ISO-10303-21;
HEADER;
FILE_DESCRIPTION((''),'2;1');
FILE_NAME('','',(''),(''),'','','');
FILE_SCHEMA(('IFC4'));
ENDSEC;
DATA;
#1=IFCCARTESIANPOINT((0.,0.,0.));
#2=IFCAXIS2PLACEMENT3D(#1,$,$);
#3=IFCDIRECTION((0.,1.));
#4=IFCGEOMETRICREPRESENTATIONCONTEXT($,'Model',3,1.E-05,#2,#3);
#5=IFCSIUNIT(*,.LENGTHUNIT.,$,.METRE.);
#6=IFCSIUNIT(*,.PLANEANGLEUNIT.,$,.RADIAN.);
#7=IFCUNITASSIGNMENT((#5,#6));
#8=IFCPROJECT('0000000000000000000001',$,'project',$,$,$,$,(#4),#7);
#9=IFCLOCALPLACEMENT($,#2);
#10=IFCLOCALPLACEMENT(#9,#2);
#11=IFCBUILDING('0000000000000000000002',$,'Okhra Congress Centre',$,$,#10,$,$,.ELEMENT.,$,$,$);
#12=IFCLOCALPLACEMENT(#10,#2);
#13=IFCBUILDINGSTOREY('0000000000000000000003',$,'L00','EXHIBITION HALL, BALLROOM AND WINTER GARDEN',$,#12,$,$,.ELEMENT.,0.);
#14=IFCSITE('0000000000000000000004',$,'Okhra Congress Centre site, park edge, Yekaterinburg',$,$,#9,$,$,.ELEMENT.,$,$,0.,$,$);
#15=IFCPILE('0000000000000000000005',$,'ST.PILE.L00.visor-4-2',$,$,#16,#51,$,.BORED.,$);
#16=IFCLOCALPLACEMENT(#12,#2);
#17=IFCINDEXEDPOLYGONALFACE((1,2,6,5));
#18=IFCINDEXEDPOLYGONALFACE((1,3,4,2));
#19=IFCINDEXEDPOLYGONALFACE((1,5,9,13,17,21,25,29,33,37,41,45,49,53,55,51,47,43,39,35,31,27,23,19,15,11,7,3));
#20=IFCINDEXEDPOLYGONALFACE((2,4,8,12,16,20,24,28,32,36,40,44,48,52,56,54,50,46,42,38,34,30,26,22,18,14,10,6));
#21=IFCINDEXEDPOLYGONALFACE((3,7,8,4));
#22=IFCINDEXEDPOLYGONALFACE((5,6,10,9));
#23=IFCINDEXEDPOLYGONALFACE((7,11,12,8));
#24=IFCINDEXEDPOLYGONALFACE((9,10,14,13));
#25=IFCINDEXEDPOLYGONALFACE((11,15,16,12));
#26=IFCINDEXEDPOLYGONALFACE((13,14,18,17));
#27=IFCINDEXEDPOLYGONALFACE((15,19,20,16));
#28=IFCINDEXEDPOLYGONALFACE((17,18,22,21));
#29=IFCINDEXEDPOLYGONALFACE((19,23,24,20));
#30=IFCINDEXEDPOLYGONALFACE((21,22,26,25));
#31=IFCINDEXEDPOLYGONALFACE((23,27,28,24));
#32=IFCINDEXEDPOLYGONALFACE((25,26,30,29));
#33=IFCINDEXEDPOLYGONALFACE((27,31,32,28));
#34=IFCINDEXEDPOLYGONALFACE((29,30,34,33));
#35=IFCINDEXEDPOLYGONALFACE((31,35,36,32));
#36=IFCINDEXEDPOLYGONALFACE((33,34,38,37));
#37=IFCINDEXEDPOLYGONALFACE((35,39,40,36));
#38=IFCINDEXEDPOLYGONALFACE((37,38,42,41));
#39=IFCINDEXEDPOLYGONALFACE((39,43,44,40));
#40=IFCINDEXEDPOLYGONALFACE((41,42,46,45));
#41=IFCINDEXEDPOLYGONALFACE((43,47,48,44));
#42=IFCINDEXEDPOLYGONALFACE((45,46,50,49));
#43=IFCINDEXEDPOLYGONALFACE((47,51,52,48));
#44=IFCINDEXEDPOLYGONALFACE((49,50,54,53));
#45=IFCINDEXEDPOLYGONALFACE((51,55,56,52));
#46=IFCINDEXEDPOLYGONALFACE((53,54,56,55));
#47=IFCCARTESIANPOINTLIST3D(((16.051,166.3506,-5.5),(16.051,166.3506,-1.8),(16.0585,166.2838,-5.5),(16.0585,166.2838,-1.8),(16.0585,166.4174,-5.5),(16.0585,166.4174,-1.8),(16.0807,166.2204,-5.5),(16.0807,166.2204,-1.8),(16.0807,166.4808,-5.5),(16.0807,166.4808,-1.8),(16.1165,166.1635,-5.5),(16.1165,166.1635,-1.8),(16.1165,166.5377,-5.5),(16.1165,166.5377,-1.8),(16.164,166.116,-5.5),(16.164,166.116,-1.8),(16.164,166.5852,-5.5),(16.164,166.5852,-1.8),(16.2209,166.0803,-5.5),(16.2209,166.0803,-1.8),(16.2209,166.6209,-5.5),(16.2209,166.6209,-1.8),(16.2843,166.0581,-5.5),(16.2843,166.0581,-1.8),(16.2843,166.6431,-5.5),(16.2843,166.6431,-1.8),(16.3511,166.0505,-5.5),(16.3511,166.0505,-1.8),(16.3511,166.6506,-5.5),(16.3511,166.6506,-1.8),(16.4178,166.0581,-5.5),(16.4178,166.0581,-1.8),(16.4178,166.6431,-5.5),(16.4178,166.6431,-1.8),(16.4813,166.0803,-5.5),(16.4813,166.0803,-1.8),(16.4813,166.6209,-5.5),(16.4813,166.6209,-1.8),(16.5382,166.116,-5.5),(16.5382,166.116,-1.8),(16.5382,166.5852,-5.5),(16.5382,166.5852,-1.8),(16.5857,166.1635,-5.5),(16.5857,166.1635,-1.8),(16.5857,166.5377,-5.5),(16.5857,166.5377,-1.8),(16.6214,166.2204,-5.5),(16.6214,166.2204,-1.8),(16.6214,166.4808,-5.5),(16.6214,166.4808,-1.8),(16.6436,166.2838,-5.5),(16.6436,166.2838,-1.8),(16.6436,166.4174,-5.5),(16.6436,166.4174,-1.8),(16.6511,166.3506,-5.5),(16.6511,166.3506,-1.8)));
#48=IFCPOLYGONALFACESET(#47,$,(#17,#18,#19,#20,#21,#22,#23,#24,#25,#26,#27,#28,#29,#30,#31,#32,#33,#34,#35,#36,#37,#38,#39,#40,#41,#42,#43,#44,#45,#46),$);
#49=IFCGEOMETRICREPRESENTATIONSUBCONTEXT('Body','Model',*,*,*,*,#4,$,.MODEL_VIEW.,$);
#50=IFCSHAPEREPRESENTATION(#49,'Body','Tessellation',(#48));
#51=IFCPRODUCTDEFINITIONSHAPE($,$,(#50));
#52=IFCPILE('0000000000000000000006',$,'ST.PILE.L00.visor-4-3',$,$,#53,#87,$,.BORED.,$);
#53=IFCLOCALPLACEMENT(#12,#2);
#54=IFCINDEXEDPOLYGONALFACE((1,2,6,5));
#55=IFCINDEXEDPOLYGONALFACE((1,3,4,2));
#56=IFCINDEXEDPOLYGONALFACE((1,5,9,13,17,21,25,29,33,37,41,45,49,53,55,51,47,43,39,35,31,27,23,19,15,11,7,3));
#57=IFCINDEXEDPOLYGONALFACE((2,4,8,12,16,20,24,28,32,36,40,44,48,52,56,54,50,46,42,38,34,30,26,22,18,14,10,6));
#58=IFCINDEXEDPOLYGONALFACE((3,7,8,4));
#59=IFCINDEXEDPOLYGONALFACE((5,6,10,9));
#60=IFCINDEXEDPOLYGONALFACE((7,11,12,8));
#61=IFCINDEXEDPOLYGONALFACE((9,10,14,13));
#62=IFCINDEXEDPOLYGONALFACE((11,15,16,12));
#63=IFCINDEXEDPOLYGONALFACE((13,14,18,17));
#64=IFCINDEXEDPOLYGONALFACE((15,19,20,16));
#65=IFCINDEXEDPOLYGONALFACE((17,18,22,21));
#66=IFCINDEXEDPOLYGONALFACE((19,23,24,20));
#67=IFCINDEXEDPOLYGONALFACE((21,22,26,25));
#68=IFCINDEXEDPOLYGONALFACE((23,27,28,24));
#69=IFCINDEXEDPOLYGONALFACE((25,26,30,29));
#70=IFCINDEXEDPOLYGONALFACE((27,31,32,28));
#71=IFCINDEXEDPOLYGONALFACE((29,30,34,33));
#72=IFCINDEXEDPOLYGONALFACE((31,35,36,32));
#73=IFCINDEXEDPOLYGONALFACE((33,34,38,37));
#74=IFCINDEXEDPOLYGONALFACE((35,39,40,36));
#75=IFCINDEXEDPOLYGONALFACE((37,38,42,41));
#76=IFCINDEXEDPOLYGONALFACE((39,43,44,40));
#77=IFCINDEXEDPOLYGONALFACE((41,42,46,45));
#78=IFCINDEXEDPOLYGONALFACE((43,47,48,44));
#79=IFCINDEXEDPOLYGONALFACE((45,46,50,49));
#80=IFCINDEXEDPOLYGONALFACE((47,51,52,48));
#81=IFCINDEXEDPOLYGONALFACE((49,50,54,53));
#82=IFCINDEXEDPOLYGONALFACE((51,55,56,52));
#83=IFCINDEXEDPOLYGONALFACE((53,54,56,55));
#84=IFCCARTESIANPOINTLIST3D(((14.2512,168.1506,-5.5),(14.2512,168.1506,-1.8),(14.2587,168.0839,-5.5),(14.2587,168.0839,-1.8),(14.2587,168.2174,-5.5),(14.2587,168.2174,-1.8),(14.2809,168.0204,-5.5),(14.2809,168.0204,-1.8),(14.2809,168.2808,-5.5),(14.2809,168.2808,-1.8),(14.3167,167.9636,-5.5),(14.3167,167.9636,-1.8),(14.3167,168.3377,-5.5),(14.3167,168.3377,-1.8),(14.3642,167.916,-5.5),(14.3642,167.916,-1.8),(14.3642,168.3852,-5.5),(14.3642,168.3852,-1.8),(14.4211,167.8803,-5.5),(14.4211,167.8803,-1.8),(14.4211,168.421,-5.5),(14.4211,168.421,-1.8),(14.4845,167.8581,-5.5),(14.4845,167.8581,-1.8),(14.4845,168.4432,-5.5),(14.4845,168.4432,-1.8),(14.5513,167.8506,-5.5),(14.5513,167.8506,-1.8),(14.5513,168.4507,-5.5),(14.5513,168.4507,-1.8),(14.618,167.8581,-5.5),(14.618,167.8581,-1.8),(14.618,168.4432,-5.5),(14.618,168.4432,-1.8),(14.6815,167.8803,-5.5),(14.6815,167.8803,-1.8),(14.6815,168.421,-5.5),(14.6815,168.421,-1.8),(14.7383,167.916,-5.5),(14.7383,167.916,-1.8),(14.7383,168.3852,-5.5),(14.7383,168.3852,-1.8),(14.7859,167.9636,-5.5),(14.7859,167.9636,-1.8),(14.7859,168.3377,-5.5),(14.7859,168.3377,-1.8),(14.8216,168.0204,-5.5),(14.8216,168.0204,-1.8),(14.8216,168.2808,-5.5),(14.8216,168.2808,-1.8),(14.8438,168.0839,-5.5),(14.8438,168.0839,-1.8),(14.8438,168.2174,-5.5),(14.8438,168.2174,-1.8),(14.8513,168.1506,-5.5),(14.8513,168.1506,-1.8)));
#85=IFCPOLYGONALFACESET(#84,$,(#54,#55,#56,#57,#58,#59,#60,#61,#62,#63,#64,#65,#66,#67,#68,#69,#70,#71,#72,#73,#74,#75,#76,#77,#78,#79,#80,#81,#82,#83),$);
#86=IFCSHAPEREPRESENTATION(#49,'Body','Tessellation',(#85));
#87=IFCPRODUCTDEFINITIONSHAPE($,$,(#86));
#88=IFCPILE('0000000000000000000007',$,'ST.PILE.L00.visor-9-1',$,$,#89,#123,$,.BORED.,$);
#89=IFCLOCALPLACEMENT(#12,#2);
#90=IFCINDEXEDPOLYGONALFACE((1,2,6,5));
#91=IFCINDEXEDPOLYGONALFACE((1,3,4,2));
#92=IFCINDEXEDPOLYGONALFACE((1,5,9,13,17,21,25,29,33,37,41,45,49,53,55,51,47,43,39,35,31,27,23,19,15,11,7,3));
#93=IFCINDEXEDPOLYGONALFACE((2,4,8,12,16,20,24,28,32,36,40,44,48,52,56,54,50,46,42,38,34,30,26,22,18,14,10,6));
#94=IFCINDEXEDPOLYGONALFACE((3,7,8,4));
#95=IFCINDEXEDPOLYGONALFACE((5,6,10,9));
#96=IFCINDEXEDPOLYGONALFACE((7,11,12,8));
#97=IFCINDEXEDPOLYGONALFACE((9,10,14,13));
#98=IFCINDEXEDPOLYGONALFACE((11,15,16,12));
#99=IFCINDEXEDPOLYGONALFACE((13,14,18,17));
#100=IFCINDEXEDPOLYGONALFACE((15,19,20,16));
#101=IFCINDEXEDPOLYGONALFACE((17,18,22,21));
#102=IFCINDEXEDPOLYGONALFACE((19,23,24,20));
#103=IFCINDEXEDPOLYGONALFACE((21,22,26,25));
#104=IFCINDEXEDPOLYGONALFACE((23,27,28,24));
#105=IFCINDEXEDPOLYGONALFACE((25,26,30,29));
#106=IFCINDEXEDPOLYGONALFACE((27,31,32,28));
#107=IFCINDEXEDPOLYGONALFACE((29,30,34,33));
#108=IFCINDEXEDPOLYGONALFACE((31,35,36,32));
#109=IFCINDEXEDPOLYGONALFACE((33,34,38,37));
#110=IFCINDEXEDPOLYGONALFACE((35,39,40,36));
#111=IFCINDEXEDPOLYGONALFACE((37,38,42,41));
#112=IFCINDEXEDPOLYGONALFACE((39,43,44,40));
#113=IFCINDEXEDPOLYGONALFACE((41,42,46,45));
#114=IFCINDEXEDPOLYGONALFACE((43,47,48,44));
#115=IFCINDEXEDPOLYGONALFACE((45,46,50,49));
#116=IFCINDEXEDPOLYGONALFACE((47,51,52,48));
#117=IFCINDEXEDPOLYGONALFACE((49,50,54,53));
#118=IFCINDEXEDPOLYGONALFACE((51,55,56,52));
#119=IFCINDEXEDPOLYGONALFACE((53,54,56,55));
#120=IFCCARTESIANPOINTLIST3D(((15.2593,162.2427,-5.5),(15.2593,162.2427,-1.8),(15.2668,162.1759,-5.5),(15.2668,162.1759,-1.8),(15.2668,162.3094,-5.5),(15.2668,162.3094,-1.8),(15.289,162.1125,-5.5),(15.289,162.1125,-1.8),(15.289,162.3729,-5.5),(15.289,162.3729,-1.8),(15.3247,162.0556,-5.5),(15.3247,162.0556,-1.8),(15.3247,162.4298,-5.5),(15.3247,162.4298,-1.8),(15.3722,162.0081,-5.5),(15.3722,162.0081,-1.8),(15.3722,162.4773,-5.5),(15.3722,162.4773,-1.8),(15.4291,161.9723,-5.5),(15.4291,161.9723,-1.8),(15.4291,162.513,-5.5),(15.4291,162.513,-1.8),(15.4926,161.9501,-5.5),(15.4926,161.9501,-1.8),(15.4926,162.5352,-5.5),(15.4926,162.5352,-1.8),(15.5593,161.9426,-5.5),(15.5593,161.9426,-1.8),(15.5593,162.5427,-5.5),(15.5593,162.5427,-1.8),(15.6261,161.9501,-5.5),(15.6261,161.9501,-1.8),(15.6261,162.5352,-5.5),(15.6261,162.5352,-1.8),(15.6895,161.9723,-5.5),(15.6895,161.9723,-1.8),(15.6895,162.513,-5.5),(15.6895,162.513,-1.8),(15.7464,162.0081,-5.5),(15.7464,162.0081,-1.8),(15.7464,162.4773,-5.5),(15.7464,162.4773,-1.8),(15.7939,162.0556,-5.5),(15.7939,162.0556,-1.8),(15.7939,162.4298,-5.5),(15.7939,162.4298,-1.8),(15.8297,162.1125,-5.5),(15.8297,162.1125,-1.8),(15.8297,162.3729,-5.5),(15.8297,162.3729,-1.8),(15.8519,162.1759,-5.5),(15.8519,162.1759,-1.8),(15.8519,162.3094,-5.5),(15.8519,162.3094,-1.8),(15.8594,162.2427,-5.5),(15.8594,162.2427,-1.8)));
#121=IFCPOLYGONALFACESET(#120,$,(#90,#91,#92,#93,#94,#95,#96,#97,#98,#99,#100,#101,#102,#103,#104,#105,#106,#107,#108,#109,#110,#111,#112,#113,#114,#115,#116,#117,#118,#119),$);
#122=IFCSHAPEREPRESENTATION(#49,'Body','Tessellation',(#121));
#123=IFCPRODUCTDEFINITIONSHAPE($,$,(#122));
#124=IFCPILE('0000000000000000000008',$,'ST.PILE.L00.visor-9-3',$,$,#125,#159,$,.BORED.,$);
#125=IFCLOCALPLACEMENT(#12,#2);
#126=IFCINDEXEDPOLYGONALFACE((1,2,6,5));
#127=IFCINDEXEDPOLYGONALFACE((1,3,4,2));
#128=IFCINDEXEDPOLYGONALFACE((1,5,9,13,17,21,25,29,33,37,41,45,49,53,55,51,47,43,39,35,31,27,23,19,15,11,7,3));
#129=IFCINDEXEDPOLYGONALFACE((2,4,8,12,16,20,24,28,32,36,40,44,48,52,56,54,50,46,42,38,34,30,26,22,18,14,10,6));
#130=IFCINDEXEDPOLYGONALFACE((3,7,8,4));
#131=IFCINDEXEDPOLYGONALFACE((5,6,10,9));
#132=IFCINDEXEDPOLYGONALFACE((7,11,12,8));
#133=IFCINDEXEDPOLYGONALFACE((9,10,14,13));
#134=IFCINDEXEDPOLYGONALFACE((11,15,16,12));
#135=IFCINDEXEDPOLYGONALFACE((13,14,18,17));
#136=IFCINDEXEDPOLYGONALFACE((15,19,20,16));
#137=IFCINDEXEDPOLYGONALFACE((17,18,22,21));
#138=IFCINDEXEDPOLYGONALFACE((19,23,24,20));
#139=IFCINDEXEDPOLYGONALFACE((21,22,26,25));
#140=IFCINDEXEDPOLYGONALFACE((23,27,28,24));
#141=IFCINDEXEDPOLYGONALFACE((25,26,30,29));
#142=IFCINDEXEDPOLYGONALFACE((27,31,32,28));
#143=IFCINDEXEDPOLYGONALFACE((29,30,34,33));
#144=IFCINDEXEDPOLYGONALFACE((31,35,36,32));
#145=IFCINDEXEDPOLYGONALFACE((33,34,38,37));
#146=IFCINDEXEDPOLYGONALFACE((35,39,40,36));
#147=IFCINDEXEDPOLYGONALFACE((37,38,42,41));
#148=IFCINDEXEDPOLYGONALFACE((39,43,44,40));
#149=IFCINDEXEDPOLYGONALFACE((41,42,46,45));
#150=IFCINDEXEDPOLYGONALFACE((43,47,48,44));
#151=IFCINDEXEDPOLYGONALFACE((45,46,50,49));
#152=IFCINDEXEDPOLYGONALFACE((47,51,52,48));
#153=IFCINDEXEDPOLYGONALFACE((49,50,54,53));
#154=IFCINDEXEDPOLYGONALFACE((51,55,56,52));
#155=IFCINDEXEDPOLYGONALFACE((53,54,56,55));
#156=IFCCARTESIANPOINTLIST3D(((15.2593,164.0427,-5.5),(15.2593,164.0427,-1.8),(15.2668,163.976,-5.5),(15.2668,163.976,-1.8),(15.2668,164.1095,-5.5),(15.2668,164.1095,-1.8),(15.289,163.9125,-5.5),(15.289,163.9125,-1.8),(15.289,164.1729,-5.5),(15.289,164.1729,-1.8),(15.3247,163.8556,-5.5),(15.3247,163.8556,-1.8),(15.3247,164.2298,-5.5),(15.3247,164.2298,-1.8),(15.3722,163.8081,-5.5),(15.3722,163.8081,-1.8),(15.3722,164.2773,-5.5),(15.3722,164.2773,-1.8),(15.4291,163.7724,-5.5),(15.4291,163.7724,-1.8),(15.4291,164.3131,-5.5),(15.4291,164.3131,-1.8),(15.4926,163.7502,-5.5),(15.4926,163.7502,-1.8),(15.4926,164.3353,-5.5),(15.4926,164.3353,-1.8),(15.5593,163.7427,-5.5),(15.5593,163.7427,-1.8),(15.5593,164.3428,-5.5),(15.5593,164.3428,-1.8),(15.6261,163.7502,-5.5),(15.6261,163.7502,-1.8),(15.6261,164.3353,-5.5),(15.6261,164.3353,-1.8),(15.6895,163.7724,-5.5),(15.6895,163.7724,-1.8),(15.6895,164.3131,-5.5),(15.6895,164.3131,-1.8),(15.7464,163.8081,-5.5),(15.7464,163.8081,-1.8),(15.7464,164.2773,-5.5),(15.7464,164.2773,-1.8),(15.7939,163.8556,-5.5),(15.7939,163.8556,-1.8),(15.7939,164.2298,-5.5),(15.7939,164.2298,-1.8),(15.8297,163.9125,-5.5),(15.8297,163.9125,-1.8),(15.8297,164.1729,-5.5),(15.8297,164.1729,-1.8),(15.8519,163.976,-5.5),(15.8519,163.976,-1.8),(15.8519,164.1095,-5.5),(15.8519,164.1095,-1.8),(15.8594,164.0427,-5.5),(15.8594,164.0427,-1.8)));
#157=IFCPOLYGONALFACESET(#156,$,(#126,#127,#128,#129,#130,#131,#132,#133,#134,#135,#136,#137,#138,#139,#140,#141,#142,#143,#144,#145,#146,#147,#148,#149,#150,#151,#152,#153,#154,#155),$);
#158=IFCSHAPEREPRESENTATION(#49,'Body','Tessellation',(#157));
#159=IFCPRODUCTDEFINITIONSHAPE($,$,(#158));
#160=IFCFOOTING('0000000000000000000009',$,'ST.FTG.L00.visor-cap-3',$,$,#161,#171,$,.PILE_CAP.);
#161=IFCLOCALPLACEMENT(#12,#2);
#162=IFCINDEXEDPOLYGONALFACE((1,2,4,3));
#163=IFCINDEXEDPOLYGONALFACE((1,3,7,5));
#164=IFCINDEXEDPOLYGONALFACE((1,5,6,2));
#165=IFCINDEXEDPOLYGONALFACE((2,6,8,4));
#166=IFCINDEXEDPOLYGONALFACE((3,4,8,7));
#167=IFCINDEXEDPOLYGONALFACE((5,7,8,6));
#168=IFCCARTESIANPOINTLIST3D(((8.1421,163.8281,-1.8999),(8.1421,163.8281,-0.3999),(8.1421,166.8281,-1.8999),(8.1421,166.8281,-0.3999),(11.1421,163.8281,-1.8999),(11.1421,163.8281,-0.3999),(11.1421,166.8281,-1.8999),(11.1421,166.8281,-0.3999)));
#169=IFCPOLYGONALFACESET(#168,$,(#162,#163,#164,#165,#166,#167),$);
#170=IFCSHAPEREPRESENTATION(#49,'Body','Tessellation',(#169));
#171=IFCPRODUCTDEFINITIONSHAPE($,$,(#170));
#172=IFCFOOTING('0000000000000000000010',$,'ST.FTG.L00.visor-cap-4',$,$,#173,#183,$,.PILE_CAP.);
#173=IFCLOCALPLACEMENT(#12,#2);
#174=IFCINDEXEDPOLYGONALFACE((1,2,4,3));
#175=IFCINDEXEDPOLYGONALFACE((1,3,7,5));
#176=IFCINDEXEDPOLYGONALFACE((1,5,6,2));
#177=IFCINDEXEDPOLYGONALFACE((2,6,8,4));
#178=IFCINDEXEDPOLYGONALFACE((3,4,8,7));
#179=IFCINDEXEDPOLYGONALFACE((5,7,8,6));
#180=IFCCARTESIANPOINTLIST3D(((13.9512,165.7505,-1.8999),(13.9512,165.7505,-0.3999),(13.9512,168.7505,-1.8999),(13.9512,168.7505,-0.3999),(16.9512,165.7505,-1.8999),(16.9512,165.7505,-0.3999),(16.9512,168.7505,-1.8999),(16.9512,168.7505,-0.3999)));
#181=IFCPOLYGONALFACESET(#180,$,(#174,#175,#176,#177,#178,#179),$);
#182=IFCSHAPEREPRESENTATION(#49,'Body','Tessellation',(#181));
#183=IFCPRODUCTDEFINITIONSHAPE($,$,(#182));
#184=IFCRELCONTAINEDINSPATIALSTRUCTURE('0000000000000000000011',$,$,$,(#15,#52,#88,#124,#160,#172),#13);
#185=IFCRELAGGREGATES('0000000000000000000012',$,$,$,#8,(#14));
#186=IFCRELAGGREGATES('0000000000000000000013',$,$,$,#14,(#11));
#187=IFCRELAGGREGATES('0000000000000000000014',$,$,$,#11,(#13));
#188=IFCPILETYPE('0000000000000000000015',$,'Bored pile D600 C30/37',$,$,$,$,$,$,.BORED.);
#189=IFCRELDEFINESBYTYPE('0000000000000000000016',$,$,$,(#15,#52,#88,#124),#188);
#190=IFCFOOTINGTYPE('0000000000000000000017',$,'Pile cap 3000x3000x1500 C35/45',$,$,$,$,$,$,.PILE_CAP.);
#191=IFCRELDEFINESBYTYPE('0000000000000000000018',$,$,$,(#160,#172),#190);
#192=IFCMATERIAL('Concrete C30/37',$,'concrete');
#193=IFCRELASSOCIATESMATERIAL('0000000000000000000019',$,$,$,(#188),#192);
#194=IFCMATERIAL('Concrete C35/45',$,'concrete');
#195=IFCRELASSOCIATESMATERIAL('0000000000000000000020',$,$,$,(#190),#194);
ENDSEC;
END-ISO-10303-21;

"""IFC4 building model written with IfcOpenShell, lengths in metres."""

from ifc_helpers import new_model, si_unit, direction, frame, origin, origin_2d, place, context, subcontext, project, spatial, rectangle, circle, extrude, material, material_profile, profile_set, type_object, element, save


model = new_model("IFC4")

# Units and contexts
model_context = context("Model", 3, precision=1e-05, world=origin(), true_north=direction((0.0, 1.0)))
body_context = subcontext(model_context, "Body", "Model", "MODEL_VIEW")
ifc_project = project(units=[si_unit("LENGTHUNIT", "METRE"), si_unit("PLANEANGLEUNIT", "RADIAN")], contexts=[model_context])

# Site, building, storey
site_placement = place(None, origin())
site = spatial("IfcSite", under=ifc_project, at=site_placement, Name="Okhra Congress Centre site, park edge, Yekaterinburg", CompositionType="ELEMENT", RefElevation=0.0)
building_placement = place(site_placement, origin())
building = spatial("IfcBuilding", under=site, at=building_placement, Name="Okhra Congress Centre", CompositionType="ELEMENT")
storey_placement = place(building_placement, origin())
storey = spatial("IfcBuildingStorey", under=building, at=storey_placement, Name="L00", Description="EXHIBITION HALL, BALLROOM AND WINTER GARDEN", CompositionType="ELEMENT", Elevation=0.0)

# Piles
ifc_material_1 = material(Name="Concrete C30/37", Category="concrete")
ifc_material_profile_1 = material_profile(ifc_material_1, circle(Radius=0.3, at=origin_2d()), Name="D600")
ifc_profile_set_1 = profile_set([ifc_material_profile_1], Name="Concrete C30/37")
pile_type = type_object("IfcPileType", Name="Bored pile D600 C30/37", PredefinedType="BORED", material=ifc_profile_set_1)
for number, where, z_axis, x_axis, name in (
    (1, (16.3511, 166.3506, -1.8), (0.0, 0.0, -1.0), (1.0, 0.0, 0.0), "ST.PILE.L00.visor-4-2"),
    (2, (14.5513, 168.1506, -1.8), (0.0, 0.0, -1.0), (1.0, 0.0, 0.0), "ST.PILE.L00.visor-4-3"),
    (3, (15.5593, 162.2427, -1.8), (0.0, 0.0, -1.0), (1.0, 0.0, 0.0), "ST.PILE.L00.visor-9-1"),
    (4, (15.5593, 164.0427, -1.8), (0.0, 0.0, -1.0), (1.0, 0.0, 0.0), "ST.PILE.L00.visor-9-3"),
):
    element("IfcPile", number, at=place(storey_placement, frame(where, z_axis=z_axis, x_axis=x_axis)), inside=storey, type_object=pile_type, Name=name, PredefinedType="BORED", context=body_context, shape_type="SweptSolid", body=[
        extrude(circle(Radius=0.3, at=origin_2d()), origin(), (0.0, 0.0, 1.0), 3.7),
    ])

# Footings
ifc_material_2 = material(Name="Concrete C35/45", Category="concrete")
footing_type = type_object("IfcFootingType", Name="Pile cap 3000x3000x1500 C35/45", PredefinedType="PILE_CAP", material=ifc_material_2)
for number, where, z_axis, x_axis, name in (
    (5, (9.6421, 165.3281, -1.8999), (0.0, 0.0, 1.0), (1.0, 0.0, 0.0), "ST.FTG.L00.visor-cap-3"),
    (6, (15.4512, 167.2505, -1.8999), (0.0, 0.0, 1.0), (1.0, 0.0, 0.0), "ST.FTG.L00.visor-cap-4"),
):
    element("IfcFooting", number, at=place(storey_placement, frame(where, z_axis=z_axis, x_axis=x_axis)), inside=storey, type_object=footing_type, Name=name, PredefinedType="PILE_CAP", context=body_context, shape_type="SweptSolid", body=[
        extrude(rectangle(XDim=3.0, YDim=3.0, at=origin_2d()), origin(), (0.0, 0.0, 1.0), 1.5),
    ])

save(model, "model.ifc")
